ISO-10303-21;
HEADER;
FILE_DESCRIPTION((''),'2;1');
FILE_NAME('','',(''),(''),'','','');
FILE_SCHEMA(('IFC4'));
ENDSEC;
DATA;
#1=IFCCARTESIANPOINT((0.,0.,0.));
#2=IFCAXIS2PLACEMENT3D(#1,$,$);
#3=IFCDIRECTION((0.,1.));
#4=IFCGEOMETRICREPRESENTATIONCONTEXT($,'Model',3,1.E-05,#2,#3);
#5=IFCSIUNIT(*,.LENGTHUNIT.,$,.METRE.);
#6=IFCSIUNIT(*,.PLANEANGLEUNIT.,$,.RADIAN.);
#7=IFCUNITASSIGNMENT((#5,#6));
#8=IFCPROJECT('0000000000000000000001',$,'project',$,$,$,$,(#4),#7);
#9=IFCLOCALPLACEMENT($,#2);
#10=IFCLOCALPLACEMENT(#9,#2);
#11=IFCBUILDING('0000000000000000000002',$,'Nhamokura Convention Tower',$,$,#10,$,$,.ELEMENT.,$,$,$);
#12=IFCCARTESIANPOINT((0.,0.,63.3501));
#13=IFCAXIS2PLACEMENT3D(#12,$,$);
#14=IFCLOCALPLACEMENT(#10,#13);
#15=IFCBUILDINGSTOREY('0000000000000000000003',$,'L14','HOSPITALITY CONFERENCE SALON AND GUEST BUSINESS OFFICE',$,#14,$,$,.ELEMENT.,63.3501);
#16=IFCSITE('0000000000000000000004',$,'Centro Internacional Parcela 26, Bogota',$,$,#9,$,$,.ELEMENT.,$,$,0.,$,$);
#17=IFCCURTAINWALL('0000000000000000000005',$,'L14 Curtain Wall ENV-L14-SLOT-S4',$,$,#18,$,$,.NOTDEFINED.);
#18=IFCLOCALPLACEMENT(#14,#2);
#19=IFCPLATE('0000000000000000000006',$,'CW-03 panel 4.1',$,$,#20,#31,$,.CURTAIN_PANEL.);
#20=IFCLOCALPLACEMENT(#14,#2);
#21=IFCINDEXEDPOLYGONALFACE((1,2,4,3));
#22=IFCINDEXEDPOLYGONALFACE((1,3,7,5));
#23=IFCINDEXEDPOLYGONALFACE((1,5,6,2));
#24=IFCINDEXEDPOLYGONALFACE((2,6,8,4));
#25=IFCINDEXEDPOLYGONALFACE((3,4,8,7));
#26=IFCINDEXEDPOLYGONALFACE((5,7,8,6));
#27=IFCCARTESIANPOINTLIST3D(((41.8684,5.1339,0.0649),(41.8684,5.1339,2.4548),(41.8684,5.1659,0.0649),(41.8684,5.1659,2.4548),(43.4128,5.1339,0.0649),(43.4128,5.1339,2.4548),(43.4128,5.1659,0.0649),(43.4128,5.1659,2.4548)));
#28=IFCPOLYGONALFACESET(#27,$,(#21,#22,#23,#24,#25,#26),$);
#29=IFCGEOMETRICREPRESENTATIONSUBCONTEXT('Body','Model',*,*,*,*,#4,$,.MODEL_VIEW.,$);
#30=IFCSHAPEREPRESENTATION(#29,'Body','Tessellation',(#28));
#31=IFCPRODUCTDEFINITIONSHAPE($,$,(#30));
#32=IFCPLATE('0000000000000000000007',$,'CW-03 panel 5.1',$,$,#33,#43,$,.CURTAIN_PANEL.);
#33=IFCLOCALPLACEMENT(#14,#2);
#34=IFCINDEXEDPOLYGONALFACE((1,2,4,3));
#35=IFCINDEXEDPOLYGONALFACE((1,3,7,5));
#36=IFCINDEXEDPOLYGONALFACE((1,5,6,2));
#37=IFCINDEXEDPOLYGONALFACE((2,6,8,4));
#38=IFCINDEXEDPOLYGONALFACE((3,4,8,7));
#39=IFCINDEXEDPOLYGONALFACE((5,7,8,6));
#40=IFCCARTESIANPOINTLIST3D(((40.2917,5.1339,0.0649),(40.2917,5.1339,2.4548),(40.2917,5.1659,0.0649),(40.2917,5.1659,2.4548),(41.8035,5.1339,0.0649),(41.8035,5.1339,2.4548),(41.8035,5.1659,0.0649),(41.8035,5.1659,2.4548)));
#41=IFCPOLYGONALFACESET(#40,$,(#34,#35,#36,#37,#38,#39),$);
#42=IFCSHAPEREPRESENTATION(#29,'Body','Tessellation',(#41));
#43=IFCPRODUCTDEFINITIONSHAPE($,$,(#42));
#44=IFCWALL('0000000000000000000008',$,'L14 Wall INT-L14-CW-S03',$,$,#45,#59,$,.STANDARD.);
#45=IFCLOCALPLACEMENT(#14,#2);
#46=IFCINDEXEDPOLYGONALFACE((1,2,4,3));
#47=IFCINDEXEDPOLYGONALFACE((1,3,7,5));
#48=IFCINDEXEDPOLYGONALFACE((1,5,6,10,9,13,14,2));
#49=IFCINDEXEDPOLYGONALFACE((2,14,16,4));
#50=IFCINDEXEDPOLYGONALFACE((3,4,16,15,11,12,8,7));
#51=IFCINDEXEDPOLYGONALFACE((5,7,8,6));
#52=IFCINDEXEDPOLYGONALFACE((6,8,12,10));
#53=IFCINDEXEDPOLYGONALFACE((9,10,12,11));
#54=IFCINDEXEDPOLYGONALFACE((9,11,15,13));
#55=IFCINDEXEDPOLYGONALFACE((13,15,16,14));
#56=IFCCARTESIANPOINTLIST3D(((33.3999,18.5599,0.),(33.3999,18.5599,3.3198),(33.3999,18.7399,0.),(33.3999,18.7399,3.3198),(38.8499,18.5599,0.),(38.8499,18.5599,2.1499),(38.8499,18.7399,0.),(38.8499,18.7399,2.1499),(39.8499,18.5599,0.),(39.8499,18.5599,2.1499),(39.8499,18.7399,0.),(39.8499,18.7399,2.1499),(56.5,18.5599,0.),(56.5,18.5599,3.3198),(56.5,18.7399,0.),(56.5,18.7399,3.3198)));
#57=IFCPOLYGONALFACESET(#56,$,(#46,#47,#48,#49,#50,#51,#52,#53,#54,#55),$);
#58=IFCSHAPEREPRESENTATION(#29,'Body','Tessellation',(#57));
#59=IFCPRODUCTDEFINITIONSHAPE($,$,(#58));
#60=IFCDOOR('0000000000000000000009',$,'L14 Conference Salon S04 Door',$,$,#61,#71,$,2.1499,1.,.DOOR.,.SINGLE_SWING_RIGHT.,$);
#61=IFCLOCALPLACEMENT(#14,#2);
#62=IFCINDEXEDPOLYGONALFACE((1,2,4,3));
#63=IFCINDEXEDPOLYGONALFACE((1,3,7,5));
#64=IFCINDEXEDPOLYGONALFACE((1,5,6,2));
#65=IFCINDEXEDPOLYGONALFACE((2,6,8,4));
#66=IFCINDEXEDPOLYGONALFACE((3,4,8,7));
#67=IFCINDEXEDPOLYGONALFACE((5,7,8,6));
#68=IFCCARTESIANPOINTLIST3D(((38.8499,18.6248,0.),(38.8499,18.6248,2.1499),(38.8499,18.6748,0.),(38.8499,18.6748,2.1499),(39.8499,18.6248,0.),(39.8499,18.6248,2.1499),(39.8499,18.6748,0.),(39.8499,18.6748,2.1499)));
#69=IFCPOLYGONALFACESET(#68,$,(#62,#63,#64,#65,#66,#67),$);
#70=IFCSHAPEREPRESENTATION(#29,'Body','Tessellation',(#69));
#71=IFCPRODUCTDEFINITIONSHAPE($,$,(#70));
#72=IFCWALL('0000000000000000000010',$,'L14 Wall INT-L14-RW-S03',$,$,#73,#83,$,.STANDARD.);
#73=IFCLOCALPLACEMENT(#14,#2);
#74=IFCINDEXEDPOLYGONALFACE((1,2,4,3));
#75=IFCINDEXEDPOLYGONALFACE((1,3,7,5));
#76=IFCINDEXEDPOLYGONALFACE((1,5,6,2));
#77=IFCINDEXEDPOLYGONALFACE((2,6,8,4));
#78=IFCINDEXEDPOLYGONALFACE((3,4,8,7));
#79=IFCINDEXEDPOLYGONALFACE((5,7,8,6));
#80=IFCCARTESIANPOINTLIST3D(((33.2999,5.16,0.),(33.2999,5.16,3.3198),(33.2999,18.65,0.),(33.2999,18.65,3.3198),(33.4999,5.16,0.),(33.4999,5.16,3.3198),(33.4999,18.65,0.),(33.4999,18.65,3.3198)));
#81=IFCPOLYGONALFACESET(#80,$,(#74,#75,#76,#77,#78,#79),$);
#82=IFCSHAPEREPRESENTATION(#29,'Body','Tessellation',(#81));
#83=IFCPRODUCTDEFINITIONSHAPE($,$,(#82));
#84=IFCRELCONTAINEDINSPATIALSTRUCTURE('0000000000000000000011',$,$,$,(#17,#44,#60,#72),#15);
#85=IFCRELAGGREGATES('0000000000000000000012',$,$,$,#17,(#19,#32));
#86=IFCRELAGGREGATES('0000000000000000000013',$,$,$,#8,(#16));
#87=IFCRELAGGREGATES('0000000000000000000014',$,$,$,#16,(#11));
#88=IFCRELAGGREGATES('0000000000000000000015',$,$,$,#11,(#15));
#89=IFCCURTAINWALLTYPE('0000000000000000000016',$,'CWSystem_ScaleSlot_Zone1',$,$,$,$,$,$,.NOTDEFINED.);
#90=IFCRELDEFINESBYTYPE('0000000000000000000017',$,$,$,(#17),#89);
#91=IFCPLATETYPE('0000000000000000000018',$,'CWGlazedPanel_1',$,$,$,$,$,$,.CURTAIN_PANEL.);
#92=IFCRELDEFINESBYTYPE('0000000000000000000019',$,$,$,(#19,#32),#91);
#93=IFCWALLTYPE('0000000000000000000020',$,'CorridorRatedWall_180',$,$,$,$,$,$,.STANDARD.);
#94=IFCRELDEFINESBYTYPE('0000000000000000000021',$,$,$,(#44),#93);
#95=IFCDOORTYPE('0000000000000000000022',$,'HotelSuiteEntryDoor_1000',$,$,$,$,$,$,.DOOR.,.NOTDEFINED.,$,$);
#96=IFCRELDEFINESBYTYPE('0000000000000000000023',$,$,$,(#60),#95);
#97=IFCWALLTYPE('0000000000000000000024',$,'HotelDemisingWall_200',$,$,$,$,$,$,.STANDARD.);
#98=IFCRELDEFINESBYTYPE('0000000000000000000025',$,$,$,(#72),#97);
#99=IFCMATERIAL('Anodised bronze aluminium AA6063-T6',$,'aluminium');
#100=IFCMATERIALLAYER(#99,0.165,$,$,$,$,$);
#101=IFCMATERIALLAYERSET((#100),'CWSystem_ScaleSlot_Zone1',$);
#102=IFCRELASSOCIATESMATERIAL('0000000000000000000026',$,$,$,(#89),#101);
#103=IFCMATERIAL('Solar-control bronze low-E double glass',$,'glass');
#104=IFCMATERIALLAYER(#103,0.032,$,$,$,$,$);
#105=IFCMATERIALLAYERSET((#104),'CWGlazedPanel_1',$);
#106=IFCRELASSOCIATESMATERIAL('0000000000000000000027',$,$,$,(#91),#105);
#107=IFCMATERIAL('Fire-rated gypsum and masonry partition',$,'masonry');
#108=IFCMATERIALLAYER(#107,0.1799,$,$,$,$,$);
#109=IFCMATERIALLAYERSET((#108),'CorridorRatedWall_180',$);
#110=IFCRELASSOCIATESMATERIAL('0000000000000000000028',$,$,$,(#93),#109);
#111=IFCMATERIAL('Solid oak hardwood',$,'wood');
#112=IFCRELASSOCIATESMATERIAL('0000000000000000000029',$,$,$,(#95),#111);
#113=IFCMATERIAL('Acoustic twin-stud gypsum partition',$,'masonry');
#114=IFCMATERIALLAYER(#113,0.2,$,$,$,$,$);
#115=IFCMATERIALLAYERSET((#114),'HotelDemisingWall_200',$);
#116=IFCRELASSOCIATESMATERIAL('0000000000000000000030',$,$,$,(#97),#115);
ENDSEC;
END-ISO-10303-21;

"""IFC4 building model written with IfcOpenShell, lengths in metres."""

from ifc_helpers import new_model, si_unit, direction, frame, frame_2d, origin, origin_2d, place, context, subcontext, project, spatial, rectangle, extrude, material, layer, layer_set, type_object, element, fill, aggregate, save


model = new_model("IFC4")

# Units and contexts
model_context = context("Model", 3, precision=1e-05, world=origin(), true_north=direction((0.0, 1.0)))
body_context = subcontext(model_context, "Body", "Model", "MODEL_VIEW")
ifc_project = project(units=[si_unit("LENGTHUNIT", "METRE"), si_unit("PLANEANGLEUNIT", "RADIAN")], contexts=[model_context])

# Site, building, storey
site_placement = place(None, origin())
site = spatial("IfcSite", under=ifc_project, at=site_placement, Name="Centro Internacional Parcela 26, Bogota", CompositionType="ELEMENT", RefElevation=0.0)
building_placement = place(site_placement, origin())
building = spatial("IfcBuilding", under=site, at=building_placement, Name="Nhamokura Convention Tower", CompositionType="ELEMENT")
storey_placement = place(building_placement, frame((0.0, 0.0, 63.3501)))
storey = spatial("IfcBuildingStorey", under=building, at=storey_placement, Name="L14", Description="HOSPITALITY CONFERENCE SALON AND GUEST BUSINESS OFFICE", CompositionType="ELEMENT", Elevation=63.3501)

# Curtain wall
ifc_material_1 = material(Name="Anodised bronze aluminium AA6063-T6", Category="aluminium")
ifc_layer_1 = layer(ifc_material_1, 0.165)
ifc_layer_set_1 = layer_set([ifc_layer_1], Name="CWSystem_ScaleSlot_Zone1")
curtain_wall_type = type_object("IfcCurtainWallType", Name="CWSystem_ScaleSlot_Zone1", PredefinedType="NOTDEFINED", material=ifc_layer_set_1)
curtain_wall_1_placement = place(storey_placement, origin())
curtain_wall_1 = element("IfcCurtainWall", 1, at=curtain_wall_1_placement, inside=storey, type_object=curtain_wall_type, Name="L14 Curtain Wall ENV-L14-SLOT-S4", PredefinedType="NOTDEFINED")

# Plates
ifc_material_2 = material(Name="Solar-control bronze low-E double glass", Category="glass")
ifc_layer_2 = layer(ifc_material_2, 0.032)
ifc_layer_set_2 = layer_set([ifc_layer_2], Name="CWGlazedPanel_1")
plate_type = type_object("IfcPlateType", Name="CWGlazedPanel_1", PredefinedType="CURTAIN_PANEL", material=ifc_layer_set_2)
plate_1_placement = place(storey_placement, frame((42.6406, 5.1499, 0.0649), z_axis=(0.0, 0.0, 1.0), x_axis=(-1.0, 0.0, 0.0)))
plate_1 = element("IfcPlate", 2, at=plate_1_placement, type_object=plate_type, Name="CW-03 panel 4.1", PredefinedType="CURTAIN_PANEL", context=body_context, shape_type="SweptSolid", body=[
    extrude(rectangle(XDim=1.5444, YDim=0.032, at=origin_2d()), origin(), (0.0, 0.0, 1.0), 2.3899),
])
plate_2_placement = place(storey_placement, frame((41.0476, 5.1499, 0.0649), z_axis=(0.0, 0.0, 1.0), x_axis=(-1.0, 0.0, 0.0)))
plate_2 = element("IfcPlate", 3, at=plate_2_placement, type_object=plate_type, Name="CW-03 panel 5.1", PredefinedType="CURTAIN_PANEL", context=body_context, shape_type="SweptSolid", body=[
    extrude(rectangle(XDim=1.5117, YDim=0.032, at=origin_2d()), origin(), (0.0, 0.0, 1.0), 2.3899),
])
aggregate(curtain_wall_1, [plate_1, plate_2])

# Wall, opening, door
ifc_material_3 = material(Name="Fire-rated gypsum and masonry partition", Category="masonry")
ifc_layer_3 = layer(ifc_material_3, 0.1799)
ifc_layer_set_3 = layer_set([ifc_layer_3], Name="CorridorRatedWall_180")
wall_type_1 = type_object("IfcWallType", Name="CorridorRatedWall_180", PredefinedType="STANDARD", material=ifc_layer_set_3)
wall_1_placement = place(storey_placement, frame((33.3999, 18.6499, 0.0), z_axis=(0.0, 0.0, 1.0), x_axis=(1.0, 0.0, 0.0)))
wall_1 = element("IfcWall", 4, at=wall_1_placement, inside=storey, type_object=wall_type_1, Name="L14 Wall INT-L14-CW-S03", PredefinedType="STANDARD", context=body_context, shape_type="SweptSolid", body=[
    extrude(rectangle(XDim=23.1001, YDim=0.1799, at=frame_2d((11.55, 0.0))), origin(), (0.0, 0.0, 1.0), 3.3198),
])
opening_1_placement = place(wall_1_placement, frame((5.45, 0.0, 0.0)))
opening_1 = element("IfcOpeningElement", 5, at=opening_1_placement, cuts=wall_1, PredefinedType="OPENING", context=body_context, shape_type="SweptSolid", body=[
    extrude(rectangle(XDim=1.0, YDim=2.1499, at=frame_2d((0.5, 1.075))), frame((0.0, 0.0999, 0.0), z_axis=(0.0, -1.0, 0.0), x_axis=(1.0, 0.0, 0.0)), (0.0, 0.0, 1.0), 0.2),
])
ifc_material_4 = material(Name="Solid oak hardwood", Category="wood")
door_type_1 = type_object("IfcDoorType", Name="HotelSuiteEntryDoor_1000", OperationType="NOTDEFINED", PredefinedType="DOOR", material=ifc_material_4)
door_1_placement = place(opening_1_placement, origin())
door_1 = element("IfcDoor", 6, at=door_1_placement, inside=storey, type_object=door_type_1, Name="L14 Conference Salon S04 Door", OperationType="SINGLE_SWING_RIGHT", OverallHeight=2.1499, OverallWidth=1.0, PredefinedType="DOOR", context=body_context, shape_type="SweptSolid", body=[
    extrude(rectangle(XDim=1.0, YDim=2.1499, at=frame_2d((0.5, 1.075))), frame((0.0, 0.0249, 0.0), z_axis=(0.0, -1.0, 0.0), x_axis=(1.0, 0.0, 0.0)), (0.0, 0.0, 1.0), 0.05),
])
fill(opening_1, door_1)

# Wall
ifc_material_5 = material(Name="Acoustic twin-stud gypsum partition", Category="masonry")
ifc_layer_4 = layer(ifc_material_5, 0.2)
ifc_layer_set_4 = layer_set([ifc_layer_4], Name="HotelDemisingWall_200")
wall_type_2 = type_object("IfcWallType", Name="HotelDemisingWall_200", PredefinedType="STANDARD", material=ifc_layer_set_4)
wall_2_placement = place(storey_placement, frame((33.3999, 5.1599, 0.0), z_axis=(0.0, 0.0, 1.0), x_axis=(0.0, 1.0, 0.0)))
element("IfcWall", 7, at=wall_2_placement, inside=storey, type_object=wall_type_2, Name="L14 Wall INT-L14-RW-S03", PredefinedType="STANDARD", context=body_context, shape_type="SweptSolid", body=[
    extrude(rectangle(XDim=13.49, YDim=0.2, at=frame_2d((6.7451, 0.0))), origin(), (0.0, 0.0, 1.0), 3.3198),
])

save(model, "model.ifc")
